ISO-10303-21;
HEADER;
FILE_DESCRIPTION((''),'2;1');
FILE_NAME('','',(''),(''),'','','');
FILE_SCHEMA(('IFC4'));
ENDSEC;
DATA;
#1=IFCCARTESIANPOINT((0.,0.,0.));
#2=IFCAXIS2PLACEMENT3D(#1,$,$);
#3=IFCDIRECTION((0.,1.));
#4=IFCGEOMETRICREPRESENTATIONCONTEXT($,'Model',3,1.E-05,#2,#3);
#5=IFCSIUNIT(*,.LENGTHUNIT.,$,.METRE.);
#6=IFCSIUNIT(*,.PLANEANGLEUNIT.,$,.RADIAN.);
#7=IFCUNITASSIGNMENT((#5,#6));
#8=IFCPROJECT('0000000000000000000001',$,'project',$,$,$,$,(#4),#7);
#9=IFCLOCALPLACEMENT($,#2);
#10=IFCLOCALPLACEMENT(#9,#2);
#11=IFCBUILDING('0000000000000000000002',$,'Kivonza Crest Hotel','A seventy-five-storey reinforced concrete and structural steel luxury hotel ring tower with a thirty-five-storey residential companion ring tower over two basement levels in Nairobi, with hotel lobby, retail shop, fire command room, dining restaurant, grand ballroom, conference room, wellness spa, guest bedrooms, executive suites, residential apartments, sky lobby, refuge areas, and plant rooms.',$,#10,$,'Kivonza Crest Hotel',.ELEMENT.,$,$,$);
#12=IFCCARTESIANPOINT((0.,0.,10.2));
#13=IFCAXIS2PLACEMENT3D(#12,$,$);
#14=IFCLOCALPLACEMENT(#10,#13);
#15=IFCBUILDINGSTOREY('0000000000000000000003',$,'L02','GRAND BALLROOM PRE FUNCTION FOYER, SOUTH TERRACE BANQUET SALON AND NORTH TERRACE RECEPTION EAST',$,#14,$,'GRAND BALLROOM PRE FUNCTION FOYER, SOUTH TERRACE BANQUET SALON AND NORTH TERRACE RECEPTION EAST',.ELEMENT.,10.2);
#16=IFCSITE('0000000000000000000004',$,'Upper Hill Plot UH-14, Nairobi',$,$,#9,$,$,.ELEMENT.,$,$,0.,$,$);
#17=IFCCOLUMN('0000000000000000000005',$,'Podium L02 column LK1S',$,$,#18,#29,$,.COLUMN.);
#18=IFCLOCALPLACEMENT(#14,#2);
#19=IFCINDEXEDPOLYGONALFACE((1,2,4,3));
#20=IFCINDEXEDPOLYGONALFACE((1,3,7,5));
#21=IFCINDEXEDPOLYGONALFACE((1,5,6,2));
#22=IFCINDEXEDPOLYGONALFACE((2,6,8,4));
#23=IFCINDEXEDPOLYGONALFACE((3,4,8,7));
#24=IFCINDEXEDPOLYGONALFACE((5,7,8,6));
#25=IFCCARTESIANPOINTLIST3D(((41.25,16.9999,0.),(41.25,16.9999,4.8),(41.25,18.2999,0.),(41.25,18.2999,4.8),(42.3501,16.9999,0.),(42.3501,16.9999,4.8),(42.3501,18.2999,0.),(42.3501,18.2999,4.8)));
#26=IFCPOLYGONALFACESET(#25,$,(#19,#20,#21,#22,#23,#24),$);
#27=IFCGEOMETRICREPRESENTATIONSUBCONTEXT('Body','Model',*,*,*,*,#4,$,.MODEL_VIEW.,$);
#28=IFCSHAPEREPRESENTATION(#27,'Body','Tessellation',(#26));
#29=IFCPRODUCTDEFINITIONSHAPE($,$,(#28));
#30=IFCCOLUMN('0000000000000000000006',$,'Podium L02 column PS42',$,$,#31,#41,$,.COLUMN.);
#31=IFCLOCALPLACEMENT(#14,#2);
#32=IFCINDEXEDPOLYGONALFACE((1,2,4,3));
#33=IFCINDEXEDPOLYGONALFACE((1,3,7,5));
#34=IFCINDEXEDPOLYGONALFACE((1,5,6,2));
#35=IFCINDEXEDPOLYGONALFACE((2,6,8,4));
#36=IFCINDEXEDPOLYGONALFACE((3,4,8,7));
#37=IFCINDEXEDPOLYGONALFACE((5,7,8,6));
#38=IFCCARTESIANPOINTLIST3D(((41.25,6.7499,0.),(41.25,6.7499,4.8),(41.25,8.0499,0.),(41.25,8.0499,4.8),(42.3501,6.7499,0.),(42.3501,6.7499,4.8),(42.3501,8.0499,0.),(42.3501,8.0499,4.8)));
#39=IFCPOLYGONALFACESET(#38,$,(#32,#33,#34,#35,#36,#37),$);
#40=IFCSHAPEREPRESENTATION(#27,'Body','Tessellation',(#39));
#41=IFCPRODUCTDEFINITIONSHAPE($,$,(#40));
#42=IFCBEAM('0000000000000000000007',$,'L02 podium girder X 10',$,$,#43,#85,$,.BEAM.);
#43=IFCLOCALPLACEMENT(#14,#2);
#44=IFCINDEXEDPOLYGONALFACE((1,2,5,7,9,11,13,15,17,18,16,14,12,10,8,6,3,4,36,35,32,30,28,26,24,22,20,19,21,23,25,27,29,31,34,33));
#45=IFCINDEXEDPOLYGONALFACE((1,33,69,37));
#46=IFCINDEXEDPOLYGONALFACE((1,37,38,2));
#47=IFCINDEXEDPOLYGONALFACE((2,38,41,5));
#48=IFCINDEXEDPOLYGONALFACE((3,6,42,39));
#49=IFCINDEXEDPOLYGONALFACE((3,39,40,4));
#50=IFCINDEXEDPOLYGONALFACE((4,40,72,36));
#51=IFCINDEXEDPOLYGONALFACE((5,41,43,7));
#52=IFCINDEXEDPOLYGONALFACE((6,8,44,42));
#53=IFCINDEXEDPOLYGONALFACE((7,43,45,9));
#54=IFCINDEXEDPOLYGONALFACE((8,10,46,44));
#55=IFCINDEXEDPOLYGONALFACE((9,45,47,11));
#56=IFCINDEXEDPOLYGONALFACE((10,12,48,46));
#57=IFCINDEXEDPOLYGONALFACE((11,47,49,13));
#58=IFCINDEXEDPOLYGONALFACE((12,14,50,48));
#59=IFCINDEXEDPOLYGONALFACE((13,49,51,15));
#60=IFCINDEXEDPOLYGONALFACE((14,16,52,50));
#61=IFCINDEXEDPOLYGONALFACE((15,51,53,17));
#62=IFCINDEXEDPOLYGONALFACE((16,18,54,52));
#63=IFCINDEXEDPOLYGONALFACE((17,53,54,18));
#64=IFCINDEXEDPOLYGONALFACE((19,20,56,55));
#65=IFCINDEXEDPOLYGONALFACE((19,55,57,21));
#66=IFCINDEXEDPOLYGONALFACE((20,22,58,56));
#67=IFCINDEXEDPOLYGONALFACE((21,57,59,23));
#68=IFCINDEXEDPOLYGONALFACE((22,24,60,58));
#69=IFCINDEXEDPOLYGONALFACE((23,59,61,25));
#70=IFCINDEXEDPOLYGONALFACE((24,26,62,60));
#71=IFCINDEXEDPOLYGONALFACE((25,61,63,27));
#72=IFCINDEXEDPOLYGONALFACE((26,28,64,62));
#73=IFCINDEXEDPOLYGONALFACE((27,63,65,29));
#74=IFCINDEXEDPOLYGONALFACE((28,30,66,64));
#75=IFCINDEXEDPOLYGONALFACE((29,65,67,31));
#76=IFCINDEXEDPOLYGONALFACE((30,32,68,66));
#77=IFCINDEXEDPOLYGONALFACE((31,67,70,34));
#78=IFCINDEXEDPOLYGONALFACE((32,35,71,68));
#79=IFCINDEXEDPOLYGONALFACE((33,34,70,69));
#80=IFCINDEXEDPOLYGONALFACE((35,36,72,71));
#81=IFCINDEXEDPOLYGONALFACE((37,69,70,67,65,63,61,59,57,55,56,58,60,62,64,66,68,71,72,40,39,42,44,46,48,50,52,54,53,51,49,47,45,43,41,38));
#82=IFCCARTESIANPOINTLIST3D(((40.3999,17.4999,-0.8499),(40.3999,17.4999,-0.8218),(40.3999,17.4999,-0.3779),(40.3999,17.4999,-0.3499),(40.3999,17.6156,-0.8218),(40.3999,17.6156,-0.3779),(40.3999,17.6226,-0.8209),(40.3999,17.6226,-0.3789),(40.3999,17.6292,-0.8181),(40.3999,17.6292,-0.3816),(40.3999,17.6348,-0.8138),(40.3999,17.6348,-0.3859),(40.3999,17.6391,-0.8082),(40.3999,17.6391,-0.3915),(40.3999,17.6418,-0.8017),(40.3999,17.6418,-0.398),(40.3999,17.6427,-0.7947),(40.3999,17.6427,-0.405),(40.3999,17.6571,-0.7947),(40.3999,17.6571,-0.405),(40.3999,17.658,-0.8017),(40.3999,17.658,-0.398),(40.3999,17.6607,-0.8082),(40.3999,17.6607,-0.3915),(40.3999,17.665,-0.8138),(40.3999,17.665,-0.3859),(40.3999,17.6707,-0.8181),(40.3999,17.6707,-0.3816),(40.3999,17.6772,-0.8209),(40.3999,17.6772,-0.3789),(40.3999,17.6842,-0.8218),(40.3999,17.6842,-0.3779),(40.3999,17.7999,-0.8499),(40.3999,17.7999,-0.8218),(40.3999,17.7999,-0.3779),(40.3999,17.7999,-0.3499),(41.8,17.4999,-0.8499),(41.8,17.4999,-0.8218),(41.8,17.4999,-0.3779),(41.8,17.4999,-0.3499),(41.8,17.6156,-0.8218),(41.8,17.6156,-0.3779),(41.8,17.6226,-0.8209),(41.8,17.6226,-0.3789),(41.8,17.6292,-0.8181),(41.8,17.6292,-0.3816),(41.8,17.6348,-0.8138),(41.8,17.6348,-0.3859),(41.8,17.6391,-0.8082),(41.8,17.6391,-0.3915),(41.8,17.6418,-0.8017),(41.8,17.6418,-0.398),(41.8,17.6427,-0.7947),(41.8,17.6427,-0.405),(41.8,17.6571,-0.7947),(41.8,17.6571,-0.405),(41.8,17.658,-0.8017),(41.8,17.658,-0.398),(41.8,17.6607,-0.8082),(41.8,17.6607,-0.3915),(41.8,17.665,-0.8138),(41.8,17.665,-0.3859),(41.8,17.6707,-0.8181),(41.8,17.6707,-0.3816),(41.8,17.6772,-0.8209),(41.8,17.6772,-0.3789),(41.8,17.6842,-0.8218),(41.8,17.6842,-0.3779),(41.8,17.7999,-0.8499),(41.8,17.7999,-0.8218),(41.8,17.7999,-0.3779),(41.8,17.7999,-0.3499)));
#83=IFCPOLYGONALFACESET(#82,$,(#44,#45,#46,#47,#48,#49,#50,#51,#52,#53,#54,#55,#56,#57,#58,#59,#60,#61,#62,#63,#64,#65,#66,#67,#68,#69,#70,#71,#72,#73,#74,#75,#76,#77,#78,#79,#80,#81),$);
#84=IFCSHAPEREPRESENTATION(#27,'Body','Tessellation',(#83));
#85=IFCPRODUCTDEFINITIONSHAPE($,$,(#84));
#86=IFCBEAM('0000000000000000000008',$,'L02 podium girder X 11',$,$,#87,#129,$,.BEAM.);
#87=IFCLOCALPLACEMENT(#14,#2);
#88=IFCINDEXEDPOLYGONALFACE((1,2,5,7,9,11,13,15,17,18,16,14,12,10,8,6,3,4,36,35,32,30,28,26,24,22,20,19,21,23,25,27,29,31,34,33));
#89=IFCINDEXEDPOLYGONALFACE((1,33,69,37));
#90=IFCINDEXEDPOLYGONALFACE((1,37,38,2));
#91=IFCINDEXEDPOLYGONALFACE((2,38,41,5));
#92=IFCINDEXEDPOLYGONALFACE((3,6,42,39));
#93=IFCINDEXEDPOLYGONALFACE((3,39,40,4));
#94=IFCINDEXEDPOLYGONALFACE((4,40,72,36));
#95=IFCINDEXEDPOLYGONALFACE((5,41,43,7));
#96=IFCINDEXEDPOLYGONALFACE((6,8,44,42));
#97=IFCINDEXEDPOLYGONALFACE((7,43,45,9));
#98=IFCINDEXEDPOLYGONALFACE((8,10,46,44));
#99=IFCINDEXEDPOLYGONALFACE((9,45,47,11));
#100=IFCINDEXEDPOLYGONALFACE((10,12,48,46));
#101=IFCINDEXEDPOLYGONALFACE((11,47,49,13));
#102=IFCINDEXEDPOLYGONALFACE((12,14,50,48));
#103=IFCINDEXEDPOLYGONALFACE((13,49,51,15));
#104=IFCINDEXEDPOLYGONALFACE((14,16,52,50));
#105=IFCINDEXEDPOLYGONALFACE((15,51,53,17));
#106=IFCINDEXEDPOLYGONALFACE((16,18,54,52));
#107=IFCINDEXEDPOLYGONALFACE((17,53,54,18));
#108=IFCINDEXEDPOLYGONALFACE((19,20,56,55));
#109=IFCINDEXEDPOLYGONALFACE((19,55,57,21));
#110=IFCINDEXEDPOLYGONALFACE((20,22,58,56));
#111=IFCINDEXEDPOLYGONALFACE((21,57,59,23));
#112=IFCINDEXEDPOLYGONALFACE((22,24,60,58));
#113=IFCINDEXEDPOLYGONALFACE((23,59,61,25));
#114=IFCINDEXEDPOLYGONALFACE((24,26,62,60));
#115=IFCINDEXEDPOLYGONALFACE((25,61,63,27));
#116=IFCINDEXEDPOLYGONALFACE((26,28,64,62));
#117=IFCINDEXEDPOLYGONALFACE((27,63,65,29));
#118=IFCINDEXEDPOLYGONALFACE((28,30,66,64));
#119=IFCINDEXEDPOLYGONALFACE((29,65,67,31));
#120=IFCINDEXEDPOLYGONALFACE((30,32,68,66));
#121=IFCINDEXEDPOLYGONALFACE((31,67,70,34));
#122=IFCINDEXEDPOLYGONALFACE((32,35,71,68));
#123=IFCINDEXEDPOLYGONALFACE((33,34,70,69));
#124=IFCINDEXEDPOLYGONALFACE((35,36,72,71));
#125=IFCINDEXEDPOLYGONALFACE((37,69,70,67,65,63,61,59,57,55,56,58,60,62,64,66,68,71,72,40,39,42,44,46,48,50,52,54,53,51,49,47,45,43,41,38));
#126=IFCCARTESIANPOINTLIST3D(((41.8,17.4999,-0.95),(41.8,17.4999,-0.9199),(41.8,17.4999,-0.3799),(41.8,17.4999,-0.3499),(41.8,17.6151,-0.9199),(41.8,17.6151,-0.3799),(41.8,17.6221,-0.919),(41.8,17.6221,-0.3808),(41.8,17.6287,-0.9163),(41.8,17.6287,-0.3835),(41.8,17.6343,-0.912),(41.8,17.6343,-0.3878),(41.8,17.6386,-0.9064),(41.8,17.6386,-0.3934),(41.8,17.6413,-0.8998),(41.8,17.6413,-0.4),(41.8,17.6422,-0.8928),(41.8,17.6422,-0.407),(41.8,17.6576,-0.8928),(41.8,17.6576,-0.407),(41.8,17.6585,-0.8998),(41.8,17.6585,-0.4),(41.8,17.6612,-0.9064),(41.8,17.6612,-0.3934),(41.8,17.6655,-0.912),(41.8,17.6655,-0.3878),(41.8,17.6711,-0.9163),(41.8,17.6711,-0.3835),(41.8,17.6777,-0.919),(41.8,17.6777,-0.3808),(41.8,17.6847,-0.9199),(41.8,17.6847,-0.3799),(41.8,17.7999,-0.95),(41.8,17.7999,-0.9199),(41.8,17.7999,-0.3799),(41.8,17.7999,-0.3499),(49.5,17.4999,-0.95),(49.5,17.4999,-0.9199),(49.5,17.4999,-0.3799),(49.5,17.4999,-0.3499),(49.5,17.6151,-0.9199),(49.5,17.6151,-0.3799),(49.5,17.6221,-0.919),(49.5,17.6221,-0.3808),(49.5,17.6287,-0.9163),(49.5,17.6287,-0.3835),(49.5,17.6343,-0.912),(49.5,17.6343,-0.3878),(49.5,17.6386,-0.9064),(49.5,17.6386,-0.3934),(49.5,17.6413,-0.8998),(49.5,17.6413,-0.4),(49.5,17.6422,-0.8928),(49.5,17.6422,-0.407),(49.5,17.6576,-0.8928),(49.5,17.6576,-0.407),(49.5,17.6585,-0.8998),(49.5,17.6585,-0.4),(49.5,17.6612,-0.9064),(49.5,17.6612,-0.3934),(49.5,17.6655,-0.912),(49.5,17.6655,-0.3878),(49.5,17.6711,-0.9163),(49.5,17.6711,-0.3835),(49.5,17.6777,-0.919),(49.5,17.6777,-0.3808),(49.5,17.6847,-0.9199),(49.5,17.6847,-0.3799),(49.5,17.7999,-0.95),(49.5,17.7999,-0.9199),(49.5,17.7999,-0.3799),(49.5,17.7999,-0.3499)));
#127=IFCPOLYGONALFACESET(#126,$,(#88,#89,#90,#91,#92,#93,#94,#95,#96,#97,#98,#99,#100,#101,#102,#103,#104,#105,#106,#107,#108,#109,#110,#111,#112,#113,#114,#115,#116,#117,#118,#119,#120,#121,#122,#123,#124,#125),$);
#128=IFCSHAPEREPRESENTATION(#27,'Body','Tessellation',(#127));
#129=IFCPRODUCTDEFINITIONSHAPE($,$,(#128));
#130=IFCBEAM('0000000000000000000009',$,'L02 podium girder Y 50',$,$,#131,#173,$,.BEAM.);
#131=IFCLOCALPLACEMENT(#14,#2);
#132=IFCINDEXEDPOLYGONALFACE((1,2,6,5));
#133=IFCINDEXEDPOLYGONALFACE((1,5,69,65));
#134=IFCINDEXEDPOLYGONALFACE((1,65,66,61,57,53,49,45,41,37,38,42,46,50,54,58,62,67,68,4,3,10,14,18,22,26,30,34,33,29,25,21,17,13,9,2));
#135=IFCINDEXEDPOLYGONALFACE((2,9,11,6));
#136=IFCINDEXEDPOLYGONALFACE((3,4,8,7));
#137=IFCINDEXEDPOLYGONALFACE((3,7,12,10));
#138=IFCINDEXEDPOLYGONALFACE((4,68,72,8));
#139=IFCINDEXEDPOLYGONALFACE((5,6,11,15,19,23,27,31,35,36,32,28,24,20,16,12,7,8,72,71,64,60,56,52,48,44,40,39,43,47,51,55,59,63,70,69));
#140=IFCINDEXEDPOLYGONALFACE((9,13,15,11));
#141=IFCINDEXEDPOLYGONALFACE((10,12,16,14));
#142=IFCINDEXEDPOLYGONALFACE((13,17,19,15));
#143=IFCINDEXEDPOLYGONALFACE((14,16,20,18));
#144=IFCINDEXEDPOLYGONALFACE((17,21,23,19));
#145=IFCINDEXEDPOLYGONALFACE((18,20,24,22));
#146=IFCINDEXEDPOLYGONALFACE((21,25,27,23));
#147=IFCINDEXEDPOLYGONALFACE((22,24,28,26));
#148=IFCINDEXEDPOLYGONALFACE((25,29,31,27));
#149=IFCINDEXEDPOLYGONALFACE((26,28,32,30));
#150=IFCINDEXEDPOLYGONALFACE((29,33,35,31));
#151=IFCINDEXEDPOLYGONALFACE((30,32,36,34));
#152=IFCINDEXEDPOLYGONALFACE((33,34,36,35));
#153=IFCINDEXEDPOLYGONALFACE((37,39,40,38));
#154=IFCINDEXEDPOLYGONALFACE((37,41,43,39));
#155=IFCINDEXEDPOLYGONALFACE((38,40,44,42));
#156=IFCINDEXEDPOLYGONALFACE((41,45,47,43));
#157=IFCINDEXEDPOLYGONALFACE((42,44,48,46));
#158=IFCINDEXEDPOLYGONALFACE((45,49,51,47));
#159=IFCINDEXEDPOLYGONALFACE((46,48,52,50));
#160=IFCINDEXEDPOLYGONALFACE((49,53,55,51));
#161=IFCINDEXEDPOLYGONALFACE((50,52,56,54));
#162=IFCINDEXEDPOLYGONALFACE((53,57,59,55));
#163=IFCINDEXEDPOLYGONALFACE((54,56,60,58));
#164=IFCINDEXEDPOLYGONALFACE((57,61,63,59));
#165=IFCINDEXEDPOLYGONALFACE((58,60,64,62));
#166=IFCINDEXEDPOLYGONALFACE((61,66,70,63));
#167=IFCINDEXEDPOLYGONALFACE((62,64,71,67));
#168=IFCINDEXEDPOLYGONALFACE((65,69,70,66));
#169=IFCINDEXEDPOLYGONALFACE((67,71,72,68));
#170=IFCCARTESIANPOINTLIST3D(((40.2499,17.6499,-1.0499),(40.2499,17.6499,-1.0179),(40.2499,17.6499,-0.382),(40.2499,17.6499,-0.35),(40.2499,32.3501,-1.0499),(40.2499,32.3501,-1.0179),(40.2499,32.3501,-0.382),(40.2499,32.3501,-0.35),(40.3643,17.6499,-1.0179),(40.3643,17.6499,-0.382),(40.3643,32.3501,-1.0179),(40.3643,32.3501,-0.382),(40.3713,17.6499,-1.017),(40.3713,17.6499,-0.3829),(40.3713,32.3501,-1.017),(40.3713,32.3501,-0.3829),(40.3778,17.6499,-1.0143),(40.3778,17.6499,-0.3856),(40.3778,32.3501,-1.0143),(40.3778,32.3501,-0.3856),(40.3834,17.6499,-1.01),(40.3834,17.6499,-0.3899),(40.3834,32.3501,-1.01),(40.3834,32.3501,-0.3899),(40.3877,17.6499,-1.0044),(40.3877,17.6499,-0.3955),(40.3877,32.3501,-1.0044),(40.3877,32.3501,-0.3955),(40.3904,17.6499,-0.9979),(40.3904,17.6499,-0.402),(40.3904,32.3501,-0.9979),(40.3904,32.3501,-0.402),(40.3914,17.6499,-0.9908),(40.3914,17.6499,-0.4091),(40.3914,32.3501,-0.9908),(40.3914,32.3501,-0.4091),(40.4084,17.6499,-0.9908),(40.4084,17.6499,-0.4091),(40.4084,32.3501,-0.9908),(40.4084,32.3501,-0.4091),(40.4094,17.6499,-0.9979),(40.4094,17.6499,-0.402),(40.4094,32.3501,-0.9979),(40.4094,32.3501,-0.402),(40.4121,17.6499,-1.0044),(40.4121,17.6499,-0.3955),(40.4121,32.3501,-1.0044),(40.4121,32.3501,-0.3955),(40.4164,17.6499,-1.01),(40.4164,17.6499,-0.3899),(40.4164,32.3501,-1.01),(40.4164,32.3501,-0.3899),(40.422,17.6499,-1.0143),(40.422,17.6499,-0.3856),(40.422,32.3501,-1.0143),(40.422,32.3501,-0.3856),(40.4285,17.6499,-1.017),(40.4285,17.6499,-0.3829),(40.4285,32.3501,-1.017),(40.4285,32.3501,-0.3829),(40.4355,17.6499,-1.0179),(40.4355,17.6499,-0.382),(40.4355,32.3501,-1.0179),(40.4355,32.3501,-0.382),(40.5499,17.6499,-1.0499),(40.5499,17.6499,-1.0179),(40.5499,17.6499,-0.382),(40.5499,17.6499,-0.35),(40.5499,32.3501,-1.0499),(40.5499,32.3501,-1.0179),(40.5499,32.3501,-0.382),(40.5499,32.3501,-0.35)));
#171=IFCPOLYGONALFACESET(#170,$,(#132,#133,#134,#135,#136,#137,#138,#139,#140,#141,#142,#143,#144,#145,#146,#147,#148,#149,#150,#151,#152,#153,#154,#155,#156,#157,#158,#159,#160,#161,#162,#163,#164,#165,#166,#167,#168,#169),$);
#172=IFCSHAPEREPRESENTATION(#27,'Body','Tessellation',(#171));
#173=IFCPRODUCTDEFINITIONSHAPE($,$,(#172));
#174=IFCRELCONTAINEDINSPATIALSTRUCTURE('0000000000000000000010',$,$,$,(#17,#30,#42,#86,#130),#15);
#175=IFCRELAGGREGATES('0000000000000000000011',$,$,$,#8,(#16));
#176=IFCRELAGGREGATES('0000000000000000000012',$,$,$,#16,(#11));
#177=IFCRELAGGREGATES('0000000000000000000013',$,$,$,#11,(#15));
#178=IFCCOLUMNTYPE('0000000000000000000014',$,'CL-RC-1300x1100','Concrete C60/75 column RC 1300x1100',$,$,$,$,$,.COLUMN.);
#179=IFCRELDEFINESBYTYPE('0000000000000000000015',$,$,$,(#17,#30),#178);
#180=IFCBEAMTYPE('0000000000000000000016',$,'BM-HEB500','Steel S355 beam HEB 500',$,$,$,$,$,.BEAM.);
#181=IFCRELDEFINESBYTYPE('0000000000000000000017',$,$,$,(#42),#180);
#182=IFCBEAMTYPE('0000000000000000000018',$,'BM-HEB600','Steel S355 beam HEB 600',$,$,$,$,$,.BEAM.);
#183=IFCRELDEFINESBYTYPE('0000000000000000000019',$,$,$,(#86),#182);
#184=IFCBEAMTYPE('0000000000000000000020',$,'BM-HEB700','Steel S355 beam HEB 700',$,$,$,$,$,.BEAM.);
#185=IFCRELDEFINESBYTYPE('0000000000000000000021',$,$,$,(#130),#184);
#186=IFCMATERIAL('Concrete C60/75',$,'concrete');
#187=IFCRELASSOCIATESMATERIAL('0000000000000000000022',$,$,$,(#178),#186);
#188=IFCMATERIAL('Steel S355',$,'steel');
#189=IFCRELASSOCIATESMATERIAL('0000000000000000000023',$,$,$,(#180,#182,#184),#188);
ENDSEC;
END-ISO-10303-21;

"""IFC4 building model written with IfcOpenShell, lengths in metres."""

from ifc_helpers import new_model, si_unit, direction, frame, origin, origin_2d, place, context, subcontext, project, spatial, rectangle, i_section, extrude, material, material_profile, profile_set, type_object, element, save


model = new_model("IFC4")

# Units and contexts
model_context = context("Model", 3, precision=1e-05, world=origin(), true_north=direction((0.0, 1.0)))
body_context = subcontext(model_context, "Body", "Model", "MODEL_VIEW")
ifc_project = project(units=[si_unit("LENGTHUNIT", "METRE"), si_unit("PLANEANGLEUNIT", "RADIAN")], contexts=[model_context])

# Site, building, storey
site_placement = place(None, origin())
site = spatial("IfcSite", under=ifc_project, at=site_placement, Name="Upper Hill Plot UH-14, Nairobi", CompositionType="ELEMENT", RefElevation=0.0)
building_placement = place(site_placement, origin())
building = spatial("IfcBuilding", under=site, at=building_placement, Name="Kivonza Crest Hotel", Description="A seventy-five-storey reinforced concrete and structural steel luxury hotel ring tower with a thirty-five-storey residential companion ring tower over two basement levels in Nairobi, with hotel lobby, retail shop, fire command room, dining restaurant, grand ballroom, conference room, wellness spa, guest bedrooms, executive suites, residential apartments, sky lobby, refuge areas, and plant rooms.", LongName="Kivonza Crest Hotel", CompositionType="ELEMENT")
storey_placement = place(building_placement, frame((0.0, 0.0, 10.2)))
storey = spatial("IfcBuildingStorey", under=building, at=storey_placement, Name="L02", Description="GRAND BALLROOM PRE FUNCTION FOYER, SOUTH TERRACE BANQUET SALON AND NORTH TERRACE RECEPTION EAST", LongName="GRAND BALLROOM PRE FUNCTION FOYER, SOUTH TERRACE BANQUET SALON AND NORTH TERRACE RECEPTION EAST", CompositionType="ELEMENT", Elevation=10.2)

# Columns
ifc_material_1 = material(Name="Concrete C60/75", Category="concrete")
ifc_material_profile_1 = material_profile(ifc_material_1, rectangle(XDim=1.1001, YDim=1.3, at=origin_2d()), Name="RC 1300x1100")
ifc_profile_set_1 = profile_set([ifc_material_profile_1], Name="Concrete C60/75")
column_type = type_object("IfcColumnType", Name="CL-RC-1300x1100", Description="Concrete C60/75 column RC 1300x1100", PredefinedType="COLUMN", material=ifc_profile_set_1)
for number, where, z_axis, x_axis, name in (
    (1, (41.8, 17.6499, 0.0), (0.0, 0.0, 1.0), (1.0, 0.0, 0.0), "Podium L02 column LK1S"),
    (2, (41.8, 7.3999, 0.0), (0.0, 0.0, 1.0), (1.0, 0.0, 0.0), "Podium L02 column PS42"),
):
    element("IfcColumn", number, at=place(storey_placement, frame(where, z_axis=z_axis, x_axis=x_axis)), inside=storey, type_object=column_type, Name=name, PredefinedType="COLUMN", context=body_context, shape_type="SweptSolid", body=[
        extrude(rectangle(XDim=1.1001, YDim=1.3, at=origin_2d()), origin(), (0.0, 0.0, 1.0), 4.8),
    ])

# Beams
ifc_material_2 = material(Name="Steel S355", Category="steel")
ifc_material_profile_2 = material_profile(ifc_material_2, i_section(OverallWidth=0.3, OverallDepth=0.5, WebThickness=0.0144, FlangeThickness=0.0281, FilletRadius=0.0271, at=origin_2d()), Name="HEB 500")
ifc_profile_set_2 = profile_set([ifc_material_profile_2], Name="Steel S355")
beam_type_1 = type_object("IfcBeamType", Name="BM-HEB500", Description="Steel S355 beam HEB 500", PredefinedType="BEAM", material=ifc_profile_set_2)
beam_1_placement = place(storey_placement, frame((40.3999, 17.6499, -0.5999), z_axis=(1.0, 0.0, 0.0), x_axis=(0.0, 1.0, 0.0)))
element("IfcBeam", 3, at=beam_1_placement, inside=storey, type_object=beam_type_1, Name="L02 podium girder X 10", PredefinedType="BEAM", context=body_context, shape_type="SweptSolid", body=[
    extrude(i_section(OverallWidth=0.3, OverallDepth=0.5, WebThickness=0.0144, FlangeThickness=0.0281, FilletRadius=0.0271, at=origin_2d()), origin(), (0.0, 0.0, 1.0), 1.4001),
])
ifc_material_profile_3 = material_profile(ifc_material_2, i_section(OverallWidth=0.3, OverallDepth=0.6001, WebThickness=0.0154, FlangeThickness=0.03, FilletRadius=0.0271, at=origin_2d()), Name="HEB 600")
ifc_profile_set_3 = profile_set([ifc_material_profile_3], Name="Steel S355")
beam_type_2 = type_object("IfcBeamType", Name="BM-HEB600", Description="Steel S355 beam HEB 600", PredefinedType="BEAM", material=ifc_profile_set_3)
beam_2_placement = place(storey_placement, frame((41.8, 17.6499, -0.6499), z_axis=(1.0, 0.0, 0.0), x_axis=(0.0, 1.0, 0.0)))
element("IfcBeam", 4, at=beam_2_placement, inside=storey, type_object=beam_type_2, Name="L02 podium girder X 11", PredefinedType="BEAM", context=body_context, shape_type="SweptSolid", body=[
    extrude(i_section(OverallWidth=0.3, OverallDepth=0.6001, WebThickness=0.0154, FlangeThickness=0.03, FilletRadius=0.0271, at=origin_2d()), origin(), (0.0, 0.0, 1.0), 7.7),
])
ifc_material_profile_4 = material_profile(ifc_material_2, i_section(OverallWidth=0.3, OverallDepth=0.7, WebThickness=0.0171, FlangeThickness=0.032, FilletRadius=0.0271, at=origin_2d()), Name="HEB 700")
ifc_profile_set_4 = profile_set([ifc_material_profile_4], Name="Steel S355")
beam_type_3 = type_object("IfcBeamType", Name="BM-HEB700", Description="Steel S355 beam HEB 700", PredefinedType="BEAM", material=ifc_profile_set_4)
beam_3_placement = place(storey_placement, frame((40.3999, 17.6499, -0.7), z_axis=(0.0, 1.0, 0.0), x_axis=(-1.0, 0.0, 0.0)))
element("IfcBeam", 5, at=beam_3_placement, inside=storey, type_object=beam_type_3, Name="L02 podium girder Y 50", PredefinedType="BEAM", context=body_context, shape_type="SweptSolid", body=[
    extrude(i_section(OverallWidth=0.3, OverallDepth=0.7, WebThickness=0.0171, FlangeThickness=0.032, FilletRadius=0.0271, at=origin_2d()), origin(), (0.0, 0.0, 1.0), 14.7002),
])

save(model, "model.ifc")
